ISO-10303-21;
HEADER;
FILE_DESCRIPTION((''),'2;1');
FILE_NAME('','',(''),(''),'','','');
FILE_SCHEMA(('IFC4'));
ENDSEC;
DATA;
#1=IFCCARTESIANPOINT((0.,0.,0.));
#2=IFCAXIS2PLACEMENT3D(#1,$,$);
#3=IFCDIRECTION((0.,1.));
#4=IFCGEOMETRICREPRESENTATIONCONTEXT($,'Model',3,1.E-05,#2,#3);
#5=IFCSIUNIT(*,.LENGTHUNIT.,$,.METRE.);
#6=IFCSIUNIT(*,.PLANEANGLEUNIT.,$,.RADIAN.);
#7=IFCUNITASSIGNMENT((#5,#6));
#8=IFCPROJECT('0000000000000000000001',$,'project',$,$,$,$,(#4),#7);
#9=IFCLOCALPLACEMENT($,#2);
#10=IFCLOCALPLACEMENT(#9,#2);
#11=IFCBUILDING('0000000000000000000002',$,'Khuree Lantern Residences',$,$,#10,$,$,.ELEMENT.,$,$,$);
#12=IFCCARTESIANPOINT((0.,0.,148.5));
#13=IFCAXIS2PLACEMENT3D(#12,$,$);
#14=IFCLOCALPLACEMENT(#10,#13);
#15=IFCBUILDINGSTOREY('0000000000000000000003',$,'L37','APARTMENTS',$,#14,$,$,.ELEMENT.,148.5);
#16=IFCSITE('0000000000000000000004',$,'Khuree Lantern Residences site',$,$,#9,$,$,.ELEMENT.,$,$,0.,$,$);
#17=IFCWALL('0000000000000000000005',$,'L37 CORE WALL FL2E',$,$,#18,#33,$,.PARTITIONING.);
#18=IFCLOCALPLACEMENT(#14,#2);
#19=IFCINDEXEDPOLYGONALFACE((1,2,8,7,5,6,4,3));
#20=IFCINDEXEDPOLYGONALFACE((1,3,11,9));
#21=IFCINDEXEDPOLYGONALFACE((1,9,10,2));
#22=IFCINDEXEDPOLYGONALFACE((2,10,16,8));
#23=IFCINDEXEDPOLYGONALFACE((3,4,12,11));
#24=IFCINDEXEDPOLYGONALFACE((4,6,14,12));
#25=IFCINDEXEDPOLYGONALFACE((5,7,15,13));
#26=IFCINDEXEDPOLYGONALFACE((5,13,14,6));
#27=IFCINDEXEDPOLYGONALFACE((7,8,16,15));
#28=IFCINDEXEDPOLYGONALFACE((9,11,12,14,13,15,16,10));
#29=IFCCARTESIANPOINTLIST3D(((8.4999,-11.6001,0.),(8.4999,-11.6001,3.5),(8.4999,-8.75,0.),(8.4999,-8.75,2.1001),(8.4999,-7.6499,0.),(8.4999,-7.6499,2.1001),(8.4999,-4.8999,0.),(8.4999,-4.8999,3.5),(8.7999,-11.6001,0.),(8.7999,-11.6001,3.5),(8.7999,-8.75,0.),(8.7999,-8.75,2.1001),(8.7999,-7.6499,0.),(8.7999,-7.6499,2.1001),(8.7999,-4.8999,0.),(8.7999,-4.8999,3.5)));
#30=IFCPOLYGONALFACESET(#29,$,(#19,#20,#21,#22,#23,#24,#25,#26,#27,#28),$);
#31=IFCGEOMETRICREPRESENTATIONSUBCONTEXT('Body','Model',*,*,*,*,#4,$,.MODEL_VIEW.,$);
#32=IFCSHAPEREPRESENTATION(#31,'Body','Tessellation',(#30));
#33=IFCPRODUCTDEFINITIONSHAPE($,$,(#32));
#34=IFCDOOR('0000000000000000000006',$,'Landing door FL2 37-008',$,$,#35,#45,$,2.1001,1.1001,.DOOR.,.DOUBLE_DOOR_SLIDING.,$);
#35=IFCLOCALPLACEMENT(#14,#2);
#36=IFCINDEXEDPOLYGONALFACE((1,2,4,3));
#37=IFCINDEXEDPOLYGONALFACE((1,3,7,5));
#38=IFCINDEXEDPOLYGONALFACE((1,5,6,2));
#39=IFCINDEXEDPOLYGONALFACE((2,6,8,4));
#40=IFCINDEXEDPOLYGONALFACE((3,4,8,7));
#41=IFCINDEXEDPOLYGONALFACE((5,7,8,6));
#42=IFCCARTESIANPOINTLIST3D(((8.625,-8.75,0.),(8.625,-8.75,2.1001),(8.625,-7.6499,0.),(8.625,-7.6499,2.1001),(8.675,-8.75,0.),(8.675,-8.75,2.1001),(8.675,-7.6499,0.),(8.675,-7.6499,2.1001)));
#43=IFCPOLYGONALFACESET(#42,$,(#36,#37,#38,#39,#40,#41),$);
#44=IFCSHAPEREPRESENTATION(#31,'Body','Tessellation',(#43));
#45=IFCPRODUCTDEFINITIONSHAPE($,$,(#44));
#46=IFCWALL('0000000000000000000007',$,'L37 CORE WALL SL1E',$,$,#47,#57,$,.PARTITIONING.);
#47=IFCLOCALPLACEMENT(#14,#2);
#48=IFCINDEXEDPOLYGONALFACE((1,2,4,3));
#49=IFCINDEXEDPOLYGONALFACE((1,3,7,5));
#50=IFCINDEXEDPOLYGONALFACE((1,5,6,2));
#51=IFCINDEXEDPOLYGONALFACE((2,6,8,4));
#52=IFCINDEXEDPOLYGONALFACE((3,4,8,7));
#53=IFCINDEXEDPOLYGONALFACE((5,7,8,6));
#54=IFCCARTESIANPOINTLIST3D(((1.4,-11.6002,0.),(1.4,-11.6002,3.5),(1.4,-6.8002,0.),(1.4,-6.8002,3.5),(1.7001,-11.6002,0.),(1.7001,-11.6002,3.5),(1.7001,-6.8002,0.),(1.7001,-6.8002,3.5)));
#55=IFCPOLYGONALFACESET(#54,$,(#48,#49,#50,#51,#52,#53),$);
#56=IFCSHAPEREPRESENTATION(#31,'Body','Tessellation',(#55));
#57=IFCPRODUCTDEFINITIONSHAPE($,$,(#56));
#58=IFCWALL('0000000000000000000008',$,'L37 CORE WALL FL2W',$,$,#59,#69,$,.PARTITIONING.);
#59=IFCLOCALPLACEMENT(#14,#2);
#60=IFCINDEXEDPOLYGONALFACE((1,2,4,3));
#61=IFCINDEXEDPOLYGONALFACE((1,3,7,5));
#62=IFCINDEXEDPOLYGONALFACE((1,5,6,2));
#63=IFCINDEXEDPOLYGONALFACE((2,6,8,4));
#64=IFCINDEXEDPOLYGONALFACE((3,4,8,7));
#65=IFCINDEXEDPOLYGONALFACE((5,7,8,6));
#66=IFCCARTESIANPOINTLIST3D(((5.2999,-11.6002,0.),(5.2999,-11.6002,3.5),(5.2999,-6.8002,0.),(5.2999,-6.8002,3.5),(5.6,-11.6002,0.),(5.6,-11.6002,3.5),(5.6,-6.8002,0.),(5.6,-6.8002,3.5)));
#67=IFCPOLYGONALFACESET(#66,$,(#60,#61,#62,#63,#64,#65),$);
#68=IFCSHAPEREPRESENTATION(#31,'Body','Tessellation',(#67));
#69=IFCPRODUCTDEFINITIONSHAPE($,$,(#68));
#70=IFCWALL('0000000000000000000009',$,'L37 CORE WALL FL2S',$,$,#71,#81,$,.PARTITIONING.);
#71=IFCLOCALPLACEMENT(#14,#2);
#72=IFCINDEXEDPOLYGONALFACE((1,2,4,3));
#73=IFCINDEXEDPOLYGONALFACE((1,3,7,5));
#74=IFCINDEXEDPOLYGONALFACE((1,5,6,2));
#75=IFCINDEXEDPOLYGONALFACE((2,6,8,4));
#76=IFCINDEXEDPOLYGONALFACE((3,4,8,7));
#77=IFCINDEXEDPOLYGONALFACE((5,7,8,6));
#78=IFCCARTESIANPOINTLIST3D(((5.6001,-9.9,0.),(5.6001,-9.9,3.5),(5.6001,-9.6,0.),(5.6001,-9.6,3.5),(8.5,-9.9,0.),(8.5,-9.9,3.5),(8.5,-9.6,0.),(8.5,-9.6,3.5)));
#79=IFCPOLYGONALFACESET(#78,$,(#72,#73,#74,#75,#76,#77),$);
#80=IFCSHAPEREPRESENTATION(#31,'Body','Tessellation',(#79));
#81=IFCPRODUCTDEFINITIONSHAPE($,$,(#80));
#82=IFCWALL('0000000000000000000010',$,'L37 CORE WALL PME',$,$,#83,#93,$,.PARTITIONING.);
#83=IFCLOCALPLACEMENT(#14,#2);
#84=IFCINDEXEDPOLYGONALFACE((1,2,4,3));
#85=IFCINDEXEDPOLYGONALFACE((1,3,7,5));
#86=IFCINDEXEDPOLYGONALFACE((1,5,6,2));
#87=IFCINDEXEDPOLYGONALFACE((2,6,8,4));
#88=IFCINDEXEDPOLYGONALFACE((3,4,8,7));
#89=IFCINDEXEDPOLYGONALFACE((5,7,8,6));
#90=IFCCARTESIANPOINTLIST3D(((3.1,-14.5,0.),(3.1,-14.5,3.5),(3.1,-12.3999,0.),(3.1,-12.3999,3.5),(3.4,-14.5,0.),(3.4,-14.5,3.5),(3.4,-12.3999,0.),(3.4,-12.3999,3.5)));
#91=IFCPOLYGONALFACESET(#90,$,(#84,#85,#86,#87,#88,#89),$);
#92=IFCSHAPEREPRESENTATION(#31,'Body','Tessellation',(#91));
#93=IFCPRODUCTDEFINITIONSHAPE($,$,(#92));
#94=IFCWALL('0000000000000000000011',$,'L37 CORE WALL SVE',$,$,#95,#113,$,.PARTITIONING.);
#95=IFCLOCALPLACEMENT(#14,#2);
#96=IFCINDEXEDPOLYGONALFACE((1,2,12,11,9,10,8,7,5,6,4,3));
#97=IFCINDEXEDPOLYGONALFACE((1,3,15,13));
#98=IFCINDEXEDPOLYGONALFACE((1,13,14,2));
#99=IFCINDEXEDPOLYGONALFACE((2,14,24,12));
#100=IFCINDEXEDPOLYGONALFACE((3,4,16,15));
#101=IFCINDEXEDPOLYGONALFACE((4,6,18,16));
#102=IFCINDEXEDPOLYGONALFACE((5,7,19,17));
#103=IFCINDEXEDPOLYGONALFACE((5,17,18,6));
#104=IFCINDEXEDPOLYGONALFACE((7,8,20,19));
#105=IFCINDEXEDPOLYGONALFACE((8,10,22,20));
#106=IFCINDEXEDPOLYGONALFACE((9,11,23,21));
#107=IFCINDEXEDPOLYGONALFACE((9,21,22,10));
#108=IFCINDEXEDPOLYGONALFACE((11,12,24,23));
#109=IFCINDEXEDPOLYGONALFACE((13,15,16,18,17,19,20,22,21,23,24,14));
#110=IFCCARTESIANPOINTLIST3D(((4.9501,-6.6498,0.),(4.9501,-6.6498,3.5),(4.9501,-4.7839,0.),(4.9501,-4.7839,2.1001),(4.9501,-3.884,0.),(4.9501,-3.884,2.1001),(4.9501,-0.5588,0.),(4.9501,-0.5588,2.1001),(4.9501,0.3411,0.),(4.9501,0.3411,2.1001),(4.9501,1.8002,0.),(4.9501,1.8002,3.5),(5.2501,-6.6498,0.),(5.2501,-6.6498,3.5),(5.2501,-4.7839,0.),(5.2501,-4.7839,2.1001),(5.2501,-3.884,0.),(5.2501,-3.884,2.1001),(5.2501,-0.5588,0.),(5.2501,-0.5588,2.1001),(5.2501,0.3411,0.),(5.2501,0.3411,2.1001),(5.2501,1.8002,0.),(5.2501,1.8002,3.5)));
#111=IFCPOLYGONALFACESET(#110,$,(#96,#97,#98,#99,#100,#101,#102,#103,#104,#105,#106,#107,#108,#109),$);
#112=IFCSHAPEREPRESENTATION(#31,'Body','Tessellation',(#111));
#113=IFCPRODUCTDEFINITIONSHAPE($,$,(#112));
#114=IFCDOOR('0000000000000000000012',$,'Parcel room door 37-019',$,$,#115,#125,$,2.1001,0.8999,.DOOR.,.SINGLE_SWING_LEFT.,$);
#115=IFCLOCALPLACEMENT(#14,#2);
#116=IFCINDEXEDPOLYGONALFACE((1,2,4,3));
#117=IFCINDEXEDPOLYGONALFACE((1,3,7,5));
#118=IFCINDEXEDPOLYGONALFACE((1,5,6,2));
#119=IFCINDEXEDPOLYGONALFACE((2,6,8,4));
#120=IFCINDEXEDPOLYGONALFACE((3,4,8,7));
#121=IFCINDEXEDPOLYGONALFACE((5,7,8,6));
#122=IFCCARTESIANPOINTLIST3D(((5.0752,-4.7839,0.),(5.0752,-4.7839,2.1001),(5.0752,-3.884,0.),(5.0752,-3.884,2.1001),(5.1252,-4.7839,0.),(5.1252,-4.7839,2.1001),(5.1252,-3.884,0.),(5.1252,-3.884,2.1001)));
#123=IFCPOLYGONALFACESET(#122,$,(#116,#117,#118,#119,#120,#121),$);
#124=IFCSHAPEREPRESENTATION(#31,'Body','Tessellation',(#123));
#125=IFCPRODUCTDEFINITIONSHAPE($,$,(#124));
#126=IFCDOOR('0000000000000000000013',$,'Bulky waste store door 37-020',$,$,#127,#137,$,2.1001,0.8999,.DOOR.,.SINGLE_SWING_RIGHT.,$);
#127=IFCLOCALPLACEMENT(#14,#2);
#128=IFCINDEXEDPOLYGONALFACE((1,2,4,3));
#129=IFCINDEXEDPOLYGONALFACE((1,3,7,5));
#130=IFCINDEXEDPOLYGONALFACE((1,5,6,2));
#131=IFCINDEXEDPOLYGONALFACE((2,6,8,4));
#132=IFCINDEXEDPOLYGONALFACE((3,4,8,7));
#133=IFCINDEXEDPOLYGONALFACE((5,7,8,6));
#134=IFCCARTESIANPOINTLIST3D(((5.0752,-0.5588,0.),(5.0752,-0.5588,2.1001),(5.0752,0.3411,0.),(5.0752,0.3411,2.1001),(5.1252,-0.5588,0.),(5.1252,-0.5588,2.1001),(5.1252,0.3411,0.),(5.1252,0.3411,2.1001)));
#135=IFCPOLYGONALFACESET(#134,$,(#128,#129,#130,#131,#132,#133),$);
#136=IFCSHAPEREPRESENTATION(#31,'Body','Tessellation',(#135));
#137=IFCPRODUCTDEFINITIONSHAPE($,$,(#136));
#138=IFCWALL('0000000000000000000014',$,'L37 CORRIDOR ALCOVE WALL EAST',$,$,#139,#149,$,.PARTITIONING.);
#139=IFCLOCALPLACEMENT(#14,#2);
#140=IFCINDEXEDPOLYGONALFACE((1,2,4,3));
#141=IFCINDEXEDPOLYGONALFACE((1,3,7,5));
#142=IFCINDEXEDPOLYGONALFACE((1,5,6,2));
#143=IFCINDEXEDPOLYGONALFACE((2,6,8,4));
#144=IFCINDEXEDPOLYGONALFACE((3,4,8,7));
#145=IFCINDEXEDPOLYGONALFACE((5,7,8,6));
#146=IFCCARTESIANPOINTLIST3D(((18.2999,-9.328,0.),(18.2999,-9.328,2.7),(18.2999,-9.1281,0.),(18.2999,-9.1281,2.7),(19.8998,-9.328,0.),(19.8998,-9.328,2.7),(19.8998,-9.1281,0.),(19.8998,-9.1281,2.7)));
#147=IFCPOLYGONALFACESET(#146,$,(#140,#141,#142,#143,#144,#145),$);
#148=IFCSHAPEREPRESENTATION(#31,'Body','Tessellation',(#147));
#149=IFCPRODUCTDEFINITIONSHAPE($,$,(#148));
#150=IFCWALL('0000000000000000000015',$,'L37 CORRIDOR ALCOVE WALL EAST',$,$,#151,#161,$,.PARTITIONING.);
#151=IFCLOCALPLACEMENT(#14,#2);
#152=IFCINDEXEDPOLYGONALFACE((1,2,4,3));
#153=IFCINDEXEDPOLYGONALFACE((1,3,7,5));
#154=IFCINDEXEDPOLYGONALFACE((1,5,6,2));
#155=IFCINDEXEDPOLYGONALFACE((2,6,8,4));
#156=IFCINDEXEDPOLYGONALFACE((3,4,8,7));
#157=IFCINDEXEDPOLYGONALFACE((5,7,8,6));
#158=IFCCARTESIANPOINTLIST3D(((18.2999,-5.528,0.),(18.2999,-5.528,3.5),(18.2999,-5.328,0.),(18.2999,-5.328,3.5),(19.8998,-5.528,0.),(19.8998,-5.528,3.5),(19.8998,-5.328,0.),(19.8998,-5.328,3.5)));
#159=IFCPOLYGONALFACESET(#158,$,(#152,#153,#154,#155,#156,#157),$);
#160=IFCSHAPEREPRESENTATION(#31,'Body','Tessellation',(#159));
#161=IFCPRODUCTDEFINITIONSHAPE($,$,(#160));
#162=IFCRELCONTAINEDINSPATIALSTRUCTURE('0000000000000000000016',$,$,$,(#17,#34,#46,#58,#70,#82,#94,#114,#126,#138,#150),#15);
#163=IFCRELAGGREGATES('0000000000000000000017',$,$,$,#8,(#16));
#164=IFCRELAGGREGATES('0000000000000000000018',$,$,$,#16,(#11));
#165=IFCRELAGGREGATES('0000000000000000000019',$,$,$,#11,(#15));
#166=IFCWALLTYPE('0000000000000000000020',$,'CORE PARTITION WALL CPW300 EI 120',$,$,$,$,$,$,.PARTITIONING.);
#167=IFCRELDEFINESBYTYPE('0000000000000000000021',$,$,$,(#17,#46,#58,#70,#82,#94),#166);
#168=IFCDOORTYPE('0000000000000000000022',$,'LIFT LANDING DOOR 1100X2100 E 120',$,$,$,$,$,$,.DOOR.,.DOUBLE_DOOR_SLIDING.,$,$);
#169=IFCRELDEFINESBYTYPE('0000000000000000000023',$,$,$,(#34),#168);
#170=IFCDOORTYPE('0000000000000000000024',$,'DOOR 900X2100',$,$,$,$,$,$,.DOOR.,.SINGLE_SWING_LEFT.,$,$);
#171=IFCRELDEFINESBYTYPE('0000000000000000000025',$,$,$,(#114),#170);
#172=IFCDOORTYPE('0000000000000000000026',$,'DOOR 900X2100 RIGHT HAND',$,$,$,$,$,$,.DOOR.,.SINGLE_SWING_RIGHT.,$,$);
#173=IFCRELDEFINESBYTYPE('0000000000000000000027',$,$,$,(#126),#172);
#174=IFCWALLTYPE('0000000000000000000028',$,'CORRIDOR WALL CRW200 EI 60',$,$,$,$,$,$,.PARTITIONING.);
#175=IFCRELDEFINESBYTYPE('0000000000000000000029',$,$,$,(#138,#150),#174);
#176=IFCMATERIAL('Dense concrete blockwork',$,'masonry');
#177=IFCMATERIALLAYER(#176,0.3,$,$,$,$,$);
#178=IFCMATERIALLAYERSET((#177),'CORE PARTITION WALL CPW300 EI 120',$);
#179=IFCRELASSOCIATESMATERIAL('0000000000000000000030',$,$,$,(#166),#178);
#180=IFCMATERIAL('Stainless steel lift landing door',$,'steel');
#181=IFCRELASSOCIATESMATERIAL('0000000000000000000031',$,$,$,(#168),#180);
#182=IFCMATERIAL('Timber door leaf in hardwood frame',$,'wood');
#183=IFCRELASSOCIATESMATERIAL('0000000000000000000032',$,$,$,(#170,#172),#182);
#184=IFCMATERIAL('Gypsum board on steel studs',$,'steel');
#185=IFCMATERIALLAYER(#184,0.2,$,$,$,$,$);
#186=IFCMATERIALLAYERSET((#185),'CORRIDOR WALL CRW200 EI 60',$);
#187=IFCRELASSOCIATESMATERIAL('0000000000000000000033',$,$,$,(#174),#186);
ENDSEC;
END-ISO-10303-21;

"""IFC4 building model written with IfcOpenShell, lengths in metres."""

from ifc_helpers import new_model, si_unit, direction, frame, frame_2d, origin, place, context, subcontext, project, spatial, rectangle, extrude, material, layer, layer_set, type_object, element, fill, save


model = new_model("IFC4")

# Units and contexts
model_context = context("Model", 3, precision=1e-05, world=origin(), true_north=direction((0.0, 1.0)))
body_context = subcontext(model_context, "Body", "Model", "MODEL_VIEW")
ifc_project = project(units=[si_unit("LENGTHUNIT", "METRE"), si_unit("PLANEANGLEUNIT", "RADIAN")], contexts=[model_context])

# Site, building, storey
site_placement = place(None, origin())
site = spatial("IfcSite", under=ifc_project, at=site_placement, Name="Khuree Lantern Residences site", CompositionType="ELEMENT", RefElevation=0.0)
building_placement = place(site_placement, origin())
building = spatial("IfcBuilding", under=site, at=building_placement, Name="Khuree Lantern Residences", CompositionType="ELEMENT")
storey_placement = place(building_placement, frame((0.0, 0.0, 148.5)))
storey = spatial("IfcBuildingStorey", under=building, at=storey_placement, Name="L37", Description="APARTMENTS", CompositionType="ELEMENT", Elevation=148.5)

# Wall, opening, door
ifc_material_1 = material(Name="Dense concrete blockwork", Category="masonry")
ifc_layer_1 = layer(ifc_material_1, 0.3)
ifc_layer_set_1 = layer_set([ifc_layer_1], Name="CORE PARTITION WALL CPW300 EI 120")
wall_type_1 = type_object("IfcWallType", Name="CORE PARTITION WALL CPW300 EI 120", PredefinedType="PARTITIONING", material=ifc_layer_set_1)
wall_1_placement = place(storey_placement, frame((8.6499, -11.6001, 0.0), z_axis=(0.0, 0.0, 1.0), x_axis=(0.0, 1.0, 0.0)))
wall_1 = element("IfcWall", 1, at=wall_1_placement, inside=storey, type_object=wall_type_1, Name="L37 CORE WALL FL2E", PredefinedType="PARTITIONING", context=body_context, shape_type="SweptSolid", body=[
    extrude(rectangle(XDim=6.7002, YDim=0.3, at=frame_2d((3.3501, 0.0))), origin(), (0.0, 0.0, 1.0), 3.5),
])
opening_1_placement = place(wall_1_placement, frame((2.8501, 0.0, 0.0)))
opening_1 = element("IfcOpeningElement", 2, at=opening_1_placement, cuts=wall_1, PredefinedType="OPENING", context=body_context, shape_type="SweptSolid", body=[
    extrude(rectangle(XDim=1.1001, YDim=2.1001, at=frame_2d((0.55, 1.05))), frame((0.0, 0.1602, 0.0), z_axis=(0.0, -1.0, 0.0), x_axis=(1.0, 0.0, 0.0)), (0.0, 0.0, 1.0), 0.3201),
])
ifc_material_2 = material(Name="Stainless steel lift landing door", Category="steel")
door_type_1 = type_object("IfcDoorType", Name="LIFT LANDING DOOR 1100X2100 E 120", OperationType="DOUBLE_DOOR_SLIDING", PredefinedType="DOOR", material=ifc_material_2)
door_1_placement = place(opening_1_placement, origin())
door_1 = element("IfcDoor", 3, at=door_1_placement, inside=storey, type_object=door_type_1, Name="Landing door FL2 37-008", OperationType="DOUBLE_DOOR_SLIDING", OverallHeight=2.1001, OverallWidth=1.1001, PredefinedType="DOOR", context=body_context, shape_type="SweptSolid", body=[
    extrude(rectangle(XDim=1.1001, YDim=2.1001, at=frame_2d((0.55, 1.05))), frame((0.0, 0.0249, 0.0), z_axis=(0.0, -1.0, 0.0), x_axis=(1.0, 0.0, 0.0)), (0.0, 0.0, 1.0), 0.05),
])
fill(opening_1, door_1)

# Walls
for number, where, z_axis, x_axis, name in (
    (4, (1.55, -11.6001, 0.0), (0.0, 0.0, 1.0), (0.0, 1.0, 0.0), "L37 CORE WALL SL1E"),
    (5, (5.45, -11.6001, 0.0), (0.0, 0.0, 1.0), (0.0, 1.0, 0.0), "L37 CORE WALL FL2W"),
):
    element("IfcWall", number, at=place(storey_placement, frame(where, z_axis=z_axis, x_axis=x_axis)), inside=storey, type_object=wall_type_1, Name=name, PredefinedType="PARTITIONING", context=body_context, shape_type="SweptSolid", body=[
        extrude(rectangle(XDim=4.8, YDim=0.3, at=frame_2d((2.3999, 0.0))), origin(), (0.0, 0.0, 1.0), 3.5),
    ])
wall_2_placement = place(storey_placement, frame((5.6001, -9.75, 0.0), z_axis=(0.0, 0.0, 1.0), x_axis=(1.0, 0.0, 0.0)))
element("IfcWall", 6, at=wall_2_placement, inside=storey, type_object=wall_type_1, Name="L37 CORE WALL FL2S", PredefinedType="PARTITIONING", context=body_context, shape_type="SweptSolid", body=[
    extrude(rectangle(XDim=2.8999, YDim=0.3, at=frame_2d((1.45, 0.0))), origin(), (0.0, 0.0, 1.0), 3.5),
])
wall_3_placement = place(storey_placement, frame((3.25, -14.5, 0.0), z_axis=(0.0, 0.0, 1.0), x_axis=(0.0, 1.0, 0.0)))
element("IfcWall", 7, at=wall_3_placement, inside=storey, type_object=wall_type_1, Name="L37 CORE WALL PME", PredefinedType="PARTITIONING", context=body_context, shape_type="SweptSolid", body=[
    extrude(rectangle(XDim=2.1001, YDim=0.3, at=frame_2d((1.05, 0.0))), origin(), (0.0, 0.0, 1.0), 3.5),
])

# Wall, openings, doors
wall_4_placement = place(storey_placement, frame((5.1001, -6.6499, 0.0), z_axis=(0.0, 0.0, 1.0), x_axis=(0.0, 1.0, 0.0)))
wall_4 = element("IfcWall", 8, at=wall_4_placement, inside=storey, type_object=wall_type_1, Name="L37 CORE WALL SVE", PredefinedType="PARTITIONING", context=body_context, shape_type="SweptSolid", body=[
    extrude(rectangle(XDim=8.45, YDim=0.3, at=frame_2d((4.2251, 0.0))), origin(), (0.0, 0.0, 1.0), 3.5),
])
opening_2_placement = place(wall_4_placement, frame((1.866, 0.0, 0.0)))
opening_2 = element("IfcOpeningElement", 9, at=opening_2_placement, cuts=wall_4, PredefinedType="OPENING", context=body_context, shape_type="SweptSolid", body=[
    extrude(rectangle(XDim=0.8999, YDim=2.1001, at=frame_2d((0.45, 1.05))), frame((0.0, 0.1602, 0.0), z_axis=(0.0, -1.0, 0.0), x_axis=(1.0, 0.0, 0.0)), (0.0, 0.0, 1.0), 0.3201),
])
opening_3_placement = place(wall_4_placement, frame((6.0911, 0.0, 0.0)))
opening_3 = element("IfcOpeningElement", 10, at=opening_3_placement, cuts=wall_4, PredefinedType="OPENING", context=body_context, shape_type="SweptSolid", body=[
    extrude(rectangle(XDim=0.8999, YDim=2.1001, at=frame_2d((0.45, 1.05))), frame((0.0, 0.1602, 0.0), z_axis=(0.0, -1.0, 0.0), x_axis=(1.0, 0.0, 0.0)), (0.0, 0.0, 1.0), 0.3201),
])
ifc_material_3 = material(Name="Timber door leaf in hardwood frame", Category="wood")
door_type_2 = type_object("IfcDoorType", Name="DOOR 900X2100", OperationType="SINGLE_SWING_LEFT", PredefinedType="DOOR", material=ifc_material_3)
door_2_placement = place(opening_2_placement, origin())
door_2 = element("IfcDoor", 11, at=door_2_placement, inside=storey, type_object=door_type_2, Name="Parcel room door 37-019", OperationType="SINGLE_SWING_LEFT", OverallHeight=2.1001, OverallWidth=0.8999, PredefinedType="DOOR", context=body_context, shape_type="SweptSolid", body=[
    extrude(rectangle(XDim=0.8999, YDim=2.1001, at=frame_2d((0.45, 1.05))), frame((0.0, 0.0249, 0.0), z_axis=(0.0, -1.0, 0.0), x_axis=(1.0, 0.0, 0.0)), (0.0, 0.0, 1.0), 0.05),
])
fill(opening_2, door_2)
door_type_3 = type_object("IfcDoorType", Name="DOOR 900X2100 RIGHT HAND", OperationType="SINGLE_SWING_RIGHT", PredefinedType="DOOR", material=ifc_material_3)
door_3_placement = place(opening_3_placement, origin())
door_3 = element("IfcDoor", 12, at=door_3_placement, inside=storey, type_object=door_type_3, Name="Bulky waste store door 37-020", OperationType="SINGLE_SWING_RIGHT", OverallHeight=2.1001, OverallWidth=0.8999, PredefinedType="DOOR", context=body_context, shape_type="SweptSolid", body=[
    extrude(rectangle(XDim=0.8999, YDim=2.1001, at=frame_2d((0.45, 1.05))), frame((0.0, 0.0249, 0.0), z_axis=(0.0, -1.0, 0.0), x_axis=(1.0, 0.0, 0.0)), (0.0, 0.0, 1.0), 0.05),
])
fill(opening_3, door_3)

# Walls
ifc_material_4 = material(Name="Gypsum board on steel studs", Category="steel")
ifc_layer_2 = layer(ifc_material_4, 0.2)
ifc_layer_set_2 = layer_set([ifc_layer_2], Name="CORRIDOR WALL CRW200 EI 60")
wall_type_2 = type_object("IfcWallType", Name="CORRIDOR WALL CRW200 EI 60", PredefinedType="PARTITIONING", material=ifc_layer_set_2)
wall_5_placement = place(storey_placement, frame((18.3, -9.228, 0.0), z_axis=(0.0, 0.0, 1.0), x_axis=(1.0, 0.0, 0.0)))
element("IfcWall", 13, at=wall_5_placement, inside=storey, type_object=wall_type_2, Name="L37 CORRIDOR ALCOVE WALL EAST", PredefinedType="PARTITIONING", context=body_context, shape_type="SweptSolid", body=[
    extrude(rectangle(XDim=1.5999, YDim=0.2, at=frame_2d((0.7998, 0.0))), origin(), (0.0, 0.0, 1.0), 2.7),
])
wall_6_placement = place(storey_placement, frame((18.3, -5.428, 0.0), z_axis=(0.0, 0.0, 1.0), x_axis=(1.0, 0.0, 0.0)))
element("IfcWall", 14, at=wall_6_placement, inside=storey, type_object=wall_type_2, Name="L37 CORRIDOR ALCOVE WALL EAST", PredefinedType="PARTITIONING", context=body_context, shape_type="SweptSolid", body=[
    extrude(rectangle(XDim=1.5999, YDim=0.2, at=frame_2d((0.7998, 0.0))), origin(), (0.0, 0.0, 1.0), 3.5),
])

save(model, "model.ifc")
